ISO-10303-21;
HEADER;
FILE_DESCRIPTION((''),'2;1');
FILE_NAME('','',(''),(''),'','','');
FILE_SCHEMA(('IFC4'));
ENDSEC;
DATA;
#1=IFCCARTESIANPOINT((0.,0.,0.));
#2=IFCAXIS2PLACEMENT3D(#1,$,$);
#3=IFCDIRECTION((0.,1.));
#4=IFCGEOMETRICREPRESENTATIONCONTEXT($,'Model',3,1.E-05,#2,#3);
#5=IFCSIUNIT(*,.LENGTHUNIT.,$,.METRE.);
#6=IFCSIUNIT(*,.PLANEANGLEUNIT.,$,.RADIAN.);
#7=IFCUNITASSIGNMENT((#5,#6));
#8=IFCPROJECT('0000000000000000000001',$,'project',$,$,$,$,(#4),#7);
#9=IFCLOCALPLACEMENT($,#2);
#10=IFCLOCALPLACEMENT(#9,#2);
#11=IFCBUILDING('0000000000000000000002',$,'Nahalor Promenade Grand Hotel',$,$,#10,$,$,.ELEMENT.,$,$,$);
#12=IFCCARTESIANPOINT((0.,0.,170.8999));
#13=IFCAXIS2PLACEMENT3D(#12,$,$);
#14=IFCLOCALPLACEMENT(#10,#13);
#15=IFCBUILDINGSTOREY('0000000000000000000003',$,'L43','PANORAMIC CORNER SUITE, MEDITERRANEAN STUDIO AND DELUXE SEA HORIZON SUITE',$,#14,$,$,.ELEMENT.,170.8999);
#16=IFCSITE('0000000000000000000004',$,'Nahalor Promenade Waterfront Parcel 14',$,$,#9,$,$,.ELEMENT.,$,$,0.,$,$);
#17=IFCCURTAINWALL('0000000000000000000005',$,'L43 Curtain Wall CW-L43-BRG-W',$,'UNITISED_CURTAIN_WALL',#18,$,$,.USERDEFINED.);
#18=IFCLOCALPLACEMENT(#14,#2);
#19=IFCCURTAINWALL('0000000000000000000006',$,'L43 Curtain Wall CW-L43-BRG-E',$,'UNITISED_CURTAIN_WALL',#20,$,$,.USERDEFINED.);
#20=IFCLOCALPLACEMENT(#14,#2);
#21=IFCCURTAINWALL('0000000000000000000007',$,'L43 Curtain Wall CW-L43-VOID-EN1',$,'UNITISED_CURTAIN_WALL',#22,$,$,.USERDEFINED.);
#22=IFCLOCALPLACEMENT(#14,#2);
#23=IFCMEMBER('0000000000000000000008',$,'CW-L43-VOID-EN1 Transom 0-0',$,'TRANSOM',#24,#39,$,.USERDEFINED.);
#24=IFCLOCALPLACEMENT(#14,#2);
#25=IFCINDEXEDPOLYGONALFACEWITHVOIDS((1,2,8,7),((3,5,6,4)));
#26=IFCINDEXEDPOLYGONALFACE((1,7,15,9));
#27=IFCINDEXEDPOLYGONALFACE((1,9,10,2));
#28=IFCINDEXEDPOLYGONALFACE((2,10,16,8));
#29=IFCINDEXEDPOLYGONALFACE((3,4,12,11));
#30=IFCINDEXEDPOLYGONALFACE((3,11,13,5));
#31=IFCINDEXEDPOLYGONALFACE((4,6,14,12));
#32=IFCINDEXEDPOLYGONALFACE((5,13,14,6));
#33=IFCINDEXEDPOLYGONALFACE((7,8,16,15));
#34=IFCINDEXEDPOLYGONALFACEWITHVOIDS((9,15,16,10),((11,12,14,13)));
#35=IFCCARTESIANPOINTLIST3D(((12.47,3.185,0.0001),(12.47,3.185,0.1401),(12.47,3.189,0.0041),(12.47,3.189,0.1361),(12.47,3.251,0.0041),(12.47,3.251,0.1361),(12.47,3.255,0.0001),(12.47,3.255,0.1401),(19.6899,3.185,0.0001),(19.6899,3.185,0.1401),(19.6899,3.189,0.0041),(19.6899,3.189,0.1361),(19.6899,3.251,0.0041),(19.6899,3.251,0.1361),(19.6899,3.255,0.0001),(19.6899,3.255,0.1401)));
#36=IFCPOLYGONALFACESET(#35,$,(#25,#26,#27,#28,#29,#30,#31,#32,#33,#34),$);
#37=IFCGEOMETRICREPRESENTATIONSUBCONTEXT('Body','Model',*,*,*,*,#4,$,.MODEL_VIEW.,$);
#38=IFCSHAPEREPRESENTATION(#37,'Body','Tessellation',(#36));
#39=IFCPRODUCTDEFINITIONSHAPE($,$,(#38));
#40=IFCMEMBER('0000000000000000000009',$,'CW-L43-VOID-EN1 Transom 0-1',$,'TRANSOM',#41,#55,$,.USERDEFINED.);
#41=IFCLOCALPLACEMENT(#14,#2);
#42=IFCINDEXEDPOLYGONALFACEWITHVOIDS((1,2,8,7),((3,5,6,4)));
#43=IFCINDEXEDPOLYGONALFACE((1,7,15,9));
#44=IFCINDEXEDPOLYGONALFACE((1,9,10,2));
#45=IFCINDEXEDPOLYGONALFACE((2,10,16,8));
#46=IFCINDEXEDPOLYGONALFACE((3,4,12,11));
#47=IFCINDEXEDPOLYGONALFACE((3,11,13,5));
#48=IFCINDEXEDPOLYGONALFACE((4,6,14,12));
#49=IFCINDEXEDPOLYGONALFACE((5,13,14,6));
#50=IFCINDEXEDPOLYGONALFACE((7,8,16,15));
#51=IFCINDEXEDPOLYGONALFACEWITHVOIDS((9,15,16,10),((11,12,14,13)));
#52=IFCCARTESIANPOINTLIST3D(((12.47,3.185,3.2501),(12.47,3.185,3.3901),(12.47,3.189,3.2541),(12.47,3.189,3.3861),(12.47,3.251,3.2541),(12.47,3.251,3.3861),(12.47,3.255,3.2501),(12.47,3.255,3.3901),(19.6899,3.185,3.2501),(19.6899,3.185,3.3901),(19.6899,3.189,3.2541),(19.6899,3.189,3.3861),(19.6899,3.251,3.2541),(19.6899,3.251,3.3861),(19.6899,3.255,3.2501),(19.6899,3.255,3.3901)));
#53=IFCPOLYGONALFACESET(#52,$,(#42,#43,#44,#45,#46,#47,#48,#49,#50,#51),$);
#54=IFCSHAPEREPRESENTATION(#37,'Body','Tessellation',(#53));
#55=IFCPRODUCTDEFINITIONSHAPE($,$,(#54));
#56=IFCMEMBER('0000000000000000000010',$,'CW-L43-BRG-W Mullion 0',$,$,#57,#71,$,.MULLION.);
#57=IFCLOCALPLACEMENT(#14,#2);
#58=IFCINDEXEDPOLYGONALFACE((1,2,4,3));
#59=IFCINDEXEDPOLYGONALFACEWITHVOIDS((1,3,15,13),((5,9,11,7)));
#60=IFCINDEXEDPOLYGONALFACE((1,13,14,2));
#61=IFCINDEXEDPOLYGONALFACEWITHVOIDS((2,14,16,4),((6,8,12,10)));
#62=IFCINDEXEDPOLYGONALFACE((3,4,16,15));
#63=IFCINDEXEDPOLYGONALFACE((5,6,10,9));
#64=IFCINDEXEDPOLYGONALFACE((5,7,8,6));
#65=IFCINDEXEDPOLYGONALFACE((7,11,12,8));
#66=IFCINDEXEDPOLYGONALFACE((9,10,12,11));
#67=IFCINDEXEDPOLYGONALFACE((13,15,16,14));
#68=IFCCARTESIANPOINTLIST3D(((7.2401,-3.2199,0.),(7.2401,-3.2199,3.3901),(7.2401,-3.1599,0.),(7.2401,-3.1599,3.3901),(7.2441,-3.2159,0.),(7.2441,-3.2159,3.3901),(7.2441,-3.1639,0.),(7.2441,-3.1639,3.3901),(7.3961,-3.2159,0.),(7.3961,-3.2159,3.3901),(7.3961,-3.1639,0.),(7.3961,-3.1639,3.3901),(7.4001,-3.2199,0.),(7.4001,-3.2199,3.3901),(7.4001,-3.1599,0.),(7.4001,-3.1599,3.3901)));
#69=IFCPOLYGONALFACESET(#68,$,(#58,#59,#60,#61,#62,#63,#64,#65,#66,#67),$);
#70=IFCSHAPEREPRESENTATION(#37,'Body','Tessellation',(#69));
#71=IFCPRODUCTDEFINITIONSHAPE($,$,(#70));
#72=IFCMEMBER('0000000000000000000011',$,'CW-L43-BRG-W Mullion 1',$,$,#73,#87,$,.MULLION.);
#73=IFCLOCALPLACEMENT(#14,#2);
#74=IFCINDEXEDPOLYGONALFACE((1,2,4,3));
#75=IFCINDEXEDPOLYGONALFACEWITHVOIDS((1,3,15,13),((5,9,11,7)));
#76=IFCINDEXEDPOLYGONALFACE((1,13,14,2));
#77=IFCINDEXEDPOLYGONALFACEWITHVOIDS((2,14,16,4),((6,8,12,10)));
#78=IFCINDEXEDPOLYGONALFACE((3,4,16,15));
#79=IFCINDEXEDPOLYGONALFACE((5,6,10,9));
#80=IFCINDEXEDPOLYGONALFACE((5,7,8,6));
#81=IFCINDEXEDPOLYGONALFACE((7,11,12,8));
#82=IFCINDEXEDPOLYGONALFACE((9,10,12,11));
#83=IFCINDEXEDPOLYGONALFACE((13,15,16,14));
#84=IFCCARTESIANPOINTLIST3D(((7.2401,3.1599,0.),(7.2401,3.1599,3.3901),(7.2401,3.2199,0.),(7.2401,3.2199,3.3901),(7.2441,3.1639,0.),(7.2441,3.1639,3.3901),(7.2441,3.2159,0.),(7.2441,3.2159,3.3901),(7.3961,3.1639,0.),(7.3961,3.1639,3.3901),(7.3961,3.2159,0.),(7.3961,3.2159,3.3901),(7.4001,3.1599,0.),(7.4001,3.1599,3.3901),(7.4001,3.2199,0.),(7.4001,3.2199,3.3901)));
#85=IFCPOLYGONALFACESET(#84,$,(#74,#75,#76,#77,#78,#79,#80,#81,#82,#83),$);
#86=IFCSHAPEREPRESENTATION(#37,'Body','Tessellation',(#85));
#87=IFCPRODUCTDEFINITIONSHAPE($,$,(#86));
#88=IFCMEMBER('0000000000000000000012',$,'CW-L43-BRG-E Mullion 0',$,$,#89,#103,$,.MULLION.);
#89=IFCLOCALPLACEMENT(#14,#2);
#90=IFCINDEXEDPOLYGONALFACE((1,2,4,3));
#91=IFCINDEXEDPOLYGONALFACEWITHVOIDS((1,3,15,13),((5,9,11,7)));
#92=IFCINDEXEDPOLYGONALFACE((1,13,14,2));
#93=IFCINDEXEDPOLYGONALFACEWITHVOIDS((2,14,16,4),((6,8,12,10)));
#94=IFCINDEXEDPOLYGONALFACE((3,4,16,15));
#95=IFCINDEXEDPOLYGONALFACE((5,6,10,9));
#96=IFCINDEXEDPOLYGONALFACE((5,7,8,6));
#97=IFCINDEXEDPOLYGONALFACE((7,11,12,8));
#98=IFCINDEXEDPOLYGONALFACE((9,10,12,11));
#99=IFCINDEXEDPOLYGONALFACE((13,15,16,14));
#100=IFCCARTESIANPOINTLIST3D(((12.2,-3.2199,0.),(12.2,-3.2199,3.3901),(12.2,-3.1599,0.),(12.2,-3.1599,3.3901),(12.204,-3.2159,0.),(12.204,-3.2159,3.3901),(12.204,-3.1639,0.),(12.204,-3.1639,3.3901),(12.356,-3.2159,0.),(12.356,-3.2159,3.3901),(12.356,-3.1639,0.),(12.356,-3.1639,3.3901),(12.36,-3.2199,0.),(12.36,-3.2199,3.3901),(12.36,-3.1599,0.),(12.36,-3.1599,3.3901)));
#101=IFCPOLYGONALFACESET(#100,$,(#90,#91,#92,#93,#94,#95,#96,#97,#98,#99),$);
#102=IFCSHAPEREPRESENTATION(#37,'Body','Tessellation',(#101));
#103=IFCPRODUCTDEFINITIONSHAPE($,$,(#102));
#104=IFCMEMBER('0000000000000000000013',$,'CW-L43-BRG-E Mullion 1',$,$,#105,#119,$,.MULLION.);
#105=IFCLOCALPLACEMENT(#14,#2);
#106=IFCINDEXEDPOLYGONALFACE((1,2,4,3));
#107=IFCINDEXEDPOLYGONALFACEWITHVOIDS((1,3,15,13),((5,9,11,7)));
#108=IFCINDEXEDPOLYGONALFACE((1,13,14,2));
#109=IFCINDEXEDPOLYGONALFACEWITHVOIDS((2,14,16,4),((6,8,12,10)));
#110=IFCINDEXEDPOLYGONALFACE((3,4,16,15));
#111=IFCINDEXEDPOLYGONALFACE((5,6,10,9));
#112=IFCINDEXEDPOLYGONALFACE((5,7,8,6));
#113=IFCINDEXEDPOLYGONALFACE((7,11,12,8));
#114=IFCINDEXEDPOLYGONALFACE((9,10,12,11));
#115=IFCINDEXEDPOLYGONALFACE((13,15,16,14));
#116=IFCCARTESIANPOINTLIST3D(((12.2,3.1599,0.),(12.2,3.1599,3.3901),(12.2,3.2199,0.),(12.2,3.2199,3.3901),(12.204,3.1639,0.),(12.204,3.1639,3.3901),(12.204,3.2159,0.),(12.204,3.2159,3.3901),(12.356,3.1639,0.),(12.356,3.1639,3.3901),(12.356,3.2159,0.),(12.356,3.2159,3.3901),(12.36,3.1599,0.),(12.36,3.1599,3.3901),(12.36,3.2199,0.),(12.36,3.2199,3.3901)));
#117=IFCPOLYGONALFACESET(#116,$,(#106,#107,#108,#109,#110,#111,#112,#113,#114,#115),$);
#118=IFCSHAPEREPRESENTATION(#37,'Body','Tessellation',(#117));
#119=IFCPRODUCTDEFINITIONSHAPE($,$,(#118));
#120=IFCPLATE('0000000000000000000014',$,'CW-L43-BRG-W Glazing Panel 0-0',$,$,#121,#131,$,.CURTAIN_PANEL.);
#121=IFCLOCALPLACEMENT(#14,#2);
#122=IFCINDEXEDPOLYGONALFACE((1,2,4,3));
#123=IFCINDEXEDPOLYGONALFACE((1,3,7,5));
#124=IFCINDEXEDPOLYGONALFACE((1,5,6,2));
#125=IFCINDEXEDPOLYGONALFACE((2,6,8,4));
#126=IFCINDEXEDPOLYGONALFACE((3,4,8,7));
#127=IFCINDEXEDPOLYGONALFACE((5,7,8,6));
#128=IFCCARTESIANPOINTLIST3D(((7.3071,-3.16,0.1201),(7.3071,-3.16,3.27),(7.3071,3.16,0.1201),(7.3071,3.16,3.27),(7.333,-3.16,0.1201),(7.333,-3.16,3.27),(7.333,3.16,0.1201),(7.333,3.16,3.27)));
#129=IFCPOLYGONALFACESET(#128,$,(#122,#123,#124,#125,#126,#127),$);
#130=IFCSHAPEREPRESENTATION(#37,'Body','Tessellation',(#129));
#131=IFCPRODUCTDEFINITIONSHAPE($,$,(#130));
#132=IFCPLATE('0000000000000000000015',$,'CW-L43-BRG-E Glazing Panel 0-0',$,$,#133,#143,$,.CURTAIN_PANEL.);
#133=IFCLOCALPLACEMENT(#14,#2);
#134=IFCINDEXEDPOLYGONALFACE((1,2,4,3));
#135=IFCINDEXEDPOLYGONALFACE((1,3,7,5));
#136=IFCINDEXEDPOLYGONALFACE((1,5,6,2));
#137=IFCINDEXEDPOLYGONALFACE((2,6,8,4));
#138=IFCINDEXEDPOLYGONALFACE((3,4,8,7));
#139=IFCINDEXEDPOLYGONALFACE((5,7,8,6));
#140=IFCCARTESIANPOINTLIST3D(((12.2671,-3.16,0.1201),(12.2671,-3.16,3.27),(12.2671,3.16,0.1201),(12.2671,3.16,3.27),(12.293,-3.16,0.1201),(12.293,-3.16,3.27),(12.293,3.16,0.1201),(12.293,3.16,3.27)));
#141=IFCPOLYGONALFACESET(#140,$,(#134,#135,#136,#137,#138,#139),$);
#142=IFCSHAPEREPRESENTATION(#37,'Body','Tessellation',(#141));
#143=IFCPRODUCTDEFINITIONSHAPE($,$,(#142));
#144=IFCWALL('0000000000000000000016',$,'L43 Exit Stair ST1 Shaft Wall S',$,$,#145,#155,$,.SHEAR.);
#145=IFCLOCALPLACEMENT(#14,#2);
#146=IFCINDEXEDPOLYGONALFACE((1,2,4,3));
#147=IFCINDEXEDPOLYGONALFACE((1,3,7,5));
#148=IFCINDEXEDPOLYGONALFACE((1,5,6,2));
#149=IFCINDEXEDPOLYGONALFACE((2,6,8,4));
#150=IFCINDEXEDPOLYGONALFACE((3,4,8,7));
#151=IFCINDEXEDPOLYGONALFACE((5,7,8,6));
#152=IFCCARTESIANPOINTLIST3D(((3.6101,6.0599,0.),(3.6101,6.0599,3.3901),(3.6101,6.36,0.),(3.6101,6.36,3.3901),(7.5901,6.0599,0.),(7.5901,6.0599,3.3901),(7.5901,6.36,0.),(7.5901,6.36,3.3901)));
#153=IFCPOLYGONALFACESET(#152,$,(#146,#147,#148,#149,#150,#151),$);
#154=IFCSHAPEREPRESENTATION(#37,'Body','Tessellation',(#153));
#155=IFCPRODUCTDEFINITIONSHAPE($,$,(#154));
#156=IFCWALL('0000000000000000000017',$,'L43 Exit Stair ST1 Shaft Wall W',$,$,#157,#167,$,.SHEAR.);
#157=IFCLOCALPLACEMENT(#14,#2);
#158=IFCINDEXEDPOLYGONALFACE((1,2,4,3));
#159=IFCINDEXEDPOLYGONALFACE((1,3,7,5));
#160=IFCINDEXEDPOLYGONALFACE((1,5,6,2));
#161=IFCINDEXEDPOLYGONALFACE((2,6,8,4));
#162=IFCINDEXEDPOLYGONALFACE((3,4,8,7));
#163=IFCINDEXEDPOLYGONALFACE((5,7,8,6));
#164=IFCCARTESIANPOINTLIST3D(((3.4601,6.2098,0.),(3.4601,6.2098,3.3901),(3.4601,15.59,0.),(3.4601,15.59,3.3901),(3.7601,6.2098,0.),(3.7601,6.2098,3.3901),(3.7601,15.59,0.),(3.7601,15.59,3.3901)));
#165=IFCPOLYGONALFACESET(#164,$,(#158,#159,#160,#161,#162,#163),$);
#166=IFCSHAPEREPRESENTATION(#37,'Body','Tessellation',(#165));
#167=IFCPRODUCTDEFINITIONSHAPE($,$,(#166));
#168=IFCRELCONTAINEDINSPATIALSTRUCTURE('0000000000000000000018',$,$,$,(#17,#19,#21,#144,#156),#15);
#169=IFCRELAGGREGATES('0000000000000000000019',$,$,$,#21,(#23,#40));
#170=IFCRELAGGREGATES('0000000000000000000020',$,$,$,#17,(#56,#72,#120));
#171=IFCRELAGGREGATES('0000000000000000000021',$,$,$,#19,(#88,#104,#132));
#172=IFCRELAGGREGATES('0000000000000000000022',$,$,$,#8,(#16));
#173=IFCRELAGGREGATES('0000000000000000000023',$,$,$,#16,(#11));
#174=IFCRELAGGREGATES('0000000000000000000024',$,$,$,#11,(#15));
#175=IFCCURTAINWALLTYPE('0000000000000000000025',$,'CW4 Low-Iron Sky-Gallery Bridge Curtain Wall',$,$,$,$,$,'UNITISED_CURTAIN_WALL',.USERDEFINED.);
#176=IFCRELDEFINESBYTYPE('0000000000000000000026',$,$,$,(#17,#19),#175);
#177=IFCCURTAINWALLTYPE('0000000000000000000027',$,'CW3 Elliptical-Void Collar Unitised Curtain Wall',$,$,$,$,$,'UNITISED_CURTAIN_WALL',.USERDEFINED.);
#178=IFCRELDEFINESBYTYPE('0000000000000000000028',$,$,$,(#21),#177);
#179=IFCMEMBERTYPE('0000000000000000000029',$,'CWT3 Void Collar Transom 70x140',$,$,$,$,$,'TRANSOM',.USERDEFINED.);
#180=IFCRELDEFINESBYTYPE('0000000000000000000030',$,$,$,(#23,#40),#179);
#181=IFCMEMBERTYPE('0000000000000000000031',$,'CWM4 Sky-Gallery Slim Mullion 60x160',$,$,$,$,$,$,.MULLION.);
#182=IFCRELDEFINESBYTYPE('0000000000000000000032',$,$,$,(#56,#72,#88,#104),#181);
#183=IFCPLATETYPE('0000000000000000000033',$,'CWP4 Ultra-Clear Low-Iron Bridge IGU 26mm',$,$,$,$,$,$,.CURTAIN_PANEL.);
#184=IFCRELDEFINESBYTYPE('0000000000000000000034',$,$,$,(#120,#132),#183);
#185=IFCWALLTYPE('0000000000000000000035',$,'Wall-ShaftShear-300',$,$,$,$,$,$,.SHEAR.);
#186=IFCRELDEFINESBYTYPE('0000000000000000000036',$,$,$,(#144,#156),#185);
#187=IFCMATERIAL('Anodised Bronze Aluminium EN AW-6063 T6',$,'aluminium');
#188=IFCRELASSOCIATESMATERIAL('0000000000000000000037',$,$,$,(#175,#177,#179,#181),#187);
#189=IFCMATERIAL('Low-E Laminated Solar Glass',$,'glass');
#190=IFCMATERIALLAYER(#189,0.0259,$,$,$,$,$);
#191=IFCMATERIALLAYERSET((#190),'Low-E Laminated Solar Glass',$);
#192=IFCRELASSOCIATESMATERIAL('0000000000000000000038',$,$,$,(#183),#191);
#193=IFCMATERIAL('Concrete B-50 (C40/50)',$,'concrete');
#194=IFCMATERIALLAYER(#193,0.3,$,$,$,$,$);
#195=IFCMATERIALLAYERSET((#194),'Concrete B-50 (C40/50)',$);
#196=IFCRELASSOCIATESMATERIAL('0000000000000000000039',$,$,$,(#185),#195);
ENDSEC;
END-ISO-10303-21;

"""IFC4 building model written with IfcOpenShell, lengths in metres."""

from ifc_helpers import new_model, si_unit, direction, frame, frame_2d, origin, origin_2d, place, context, subcontext, project, spatial, rectangle, hollow_rectangle, extrude, source, transform, mapped, material, layer, layer_set, material_profile, profile_set, type_object, element, aggregate, save


model = new_model("IFC4")

# Units and contexts
model_context = context("Model", 3, precision=1e-05, world=origin(), true_north=direction((0.0, 1.0)))
body_context = subcontext(model_context, "Body", "Model", "MODEL_VIEW")
ifc_project = project(units=[si_unit("LENGTHUNIT", "METRE"), si_unit("PLANEANGLEUNIT", "RADIAN")], contexts=[model_context])

# Site, building, storey
site_placement = place(None, origin())
site = spatial("IfcSite", under=ifc_project, at=site_placement, Name="Nahalor Promenade Waterfront Parcel 14", CompositionType="ELEMENT", RefElevation=0.0)
building_placement = place(site_placement, origin())
building = spatial("IfcBuilding", under=site, at=building_placement, Name="Nahalor Promenade Grand Hotel", CompositionType="ELEMENT")
storey_placement = place(building_placement, frame((0.0, 0.0, 170.8999)))
storey = spatial("IfcBuildingStorey", under=building, at=storey_placement, Name="L43", Description="PANORAMIC CORNER SUITE, MEDITERRANEAN STUDIO AND DELUXE SEA HORIZON SUITE", CompositionType="ELEMENT", Elevation=170.8999)

# Curtain walls
ifc_material_1 = material(Name="Anodised Bronze Aluminium EN AW-6063 T6", Category="aluminium")
curtain_wall_type_1 = type_object("IfcCurtainWallType", Name="CW4 Low-Iron Sky-Gallery Bridge Curtain Wall", ElementType="UNITISED_CURTAIN_WALL", PredefinedType="USERDEFINED", material=ifc_material_1)
curtain_wall_1_placement = place(storey_placement, origin())
curtain_wall_1 = element("IfcCurtainWall", 1, at=curtain_wall_1_placement, inside=storey, type_object=curtain_wall_type_1, Name="L43 Curtain Wall CW-L43-BRG-W", ObjectType="UNITISED_CURTAIN_WALL", PredefinedType="USERDEFINED")
curtain_wall_2_placement = place(storey_placement, origin())
curtain_wall_2 = element("IfcCurtainWall", 2, at=curtain_wall_2_placement, inside=storey, type_object=curtain_wall_type_1, Name="L43 Curtain Wall CW-L43-BRG-E", ObjectType="UNITISED_CURTAIN_WALL", PredefinedType="USERDEFINED")

# Shared definitions
curtain_wall_type_2 = type_object("IfcCurtainWallType", Name="CW3 Elliptical-Void Collar Unitised Curtain Wall", ElementType="UNITISED_CURTAIN_WALL", PredefinedType="USERDEFINED", material=ifc_material_1)

# Curtain wall, members
curtain_wall_3_placement = place(storey_placement, origin())
curtain_wall_3 = element("IfcCurtainWall", 3, at=curtain_wall_3_placement, inside=storey, type_object=curtain_wall_type_2, Name="L43 Curtain Wall CW-L43-VOID-EN1", ObjectType="UNITISED_CURTAIN_WALL", PredefinedType="USERDEFINED")
ifc_material_profile_1 = material_profile(ifc_material_1, hollow_rectangle(XDim=0.07, YDim=0.14, WallThickness=0.004, at=origin_2d()), Name="CWT 70x140x4")
ifc_profile_set_1 = profile_set([ifc_material_profile_1], Name="Anodised Bronze Aluminium EN AW-6063 T6")
member_type_1 = type_object("IfcMemberType", Name="CWT3 Void Collar Transom 70x140", ElementType="TRANSOM", PredefinedType="USERDEFINED", material=ifc_profile_set_1)
shared_shape_1 = source(origin(), body_context, "Body", "SweptSolid", [
    extrude(hollow_rectangle(XDim=0.07, YDim=0.14, WallThickness=0.004, at=origin_2d()), origin(), (0.0, 0.0, 1.0), 7.22),
])
member_1_placement = place(storey_placement, frame((12.47, 3.22, 0.0701), z_axis=(1.0, 0.0, 0.0), x_axis=(0.0, 1.0, 0.0)))
member_1 = element("IfcMember", 4, at=member_1_placement, type_object=member_type_1, Name="CW-L43-VOID-EN1 Transom 0-0", ObjectType="TRANSOM", PredefinedType="USERDEFINED", context=body_context, shape_type="MappedRepresentation", body=[
    mapped(shared_shape_1, transform((0.0, 0.0, 0.0), scale=1.0)),
])
member_2_placement = place(storey_placement, frame((12.47, 3.22, 3.3201), z_axis=(1.0, 0.0, 0.0), x_axis=(0.0, 1.0, 0.0)))
member_2 = element("IfcMember", 5, at=member_2_placement, type_object=member_type_1, Name="CW-L43-VOID-EN1 Transom 0-1", ObjectType="TRANSOM", PredefinedType="USERDEFINED", context=body_context, shape_type="MappedRepresentation", body=[
    mapped(shared_shape_1, transform((0.0, 0.0, 0.0), scale=1.0)),
])
aggregate(curtain_wall_3, [member_1, member_2])

# Members
ifc_material_profile_2 = material_profile(ifc_material_1, hollow_rectangle(XDim=0.06, YDim=0.16, WallThickness=0.004, at=origin_2d()), Name="CWM 60x160x4")
ifc_profile_set_2 = profile_set([ifc_material_profile_2], Name="Anodised Bronze Aluminium EN AW-6063 T6")
member_type_2 = type_object("IfcMemberType", Name="CWM4 Sky-Gallery Slim Mullion 60x160", PredefinedType="MULLION", material=ifc_profile_set_2)
shared_shape_2 = source(origin(), body_context, "Body", "SweptSolid", [
    extrude(hollow_rectangle(XDim=0.06, YDim=0.16, WallThickness=0.004, at=origin_2d()), origin(), (0.0, 0.0, 1.0), 3.3901),
])
member_3_placement = place(storey_placement, frame((7.3201, -3.1899, 0.0), z_axis=(0.0, 0.0, 1.0), x_axis=(0.0, 1.0, 0.0)))
member_3 = element("IfcMember", 6, at=member_3_placement, type_object=member_type_2, Name="CW-L43-BRG-W Mullion 0", PredefinedType="MULLION", context=body_context, shape_type="MappedRepresentation", body=[
    mapped(shared_shape_2, transform((0.0, 0.0, 0.0), scale=1.0)),
])
member_4_placement = place(storey_placement, frame((7.3201, 3.1899, 0.0), z_axis=(0.0, 0.0, 1.0), x_axis=(0.0, 1.0, 0.0)))
member_4 = element("IfcMember", 7, at=member_4_placement, type_object=member_type_2, Name="CW-L43-BRG-W Mullion 1", PredefinedType="MULLION", context=body_context, shape_type="MappedRepresentation", body=[
    mapped(shared_shape_2, transform((0.0, 0.0, 0.0), scale=1.0)),
])
member_5_placement = place(storey_placement, frame((12.28, -3.1899, 0.0), z_axis=(0.0, 0.0, 1.0), x_axis=(0.0, 1.0, 0.0)))
member_5 = element("IfcMember", 8, at=member_5_placement, type_object=member_type_2, Name="CW-L43-BRG-E Mullion 0", PredefinedType="MULLION", context=body_context, shape_type="MappedRepresentation", body=[
    mapped(shared_shape_2, transform((0.0, 0.0, 0.0), scale=1.0)),
])
member_6_placement = place(storey_placement, frame((12.28, 3.1899, 0.0), z_axis=(0.0, 0.0, 1.0), x_axis=(0.0, 1.0, 0.0)))
member_6 = element("IfcMember", 9, at=member_6_placement, type_object=member_type_2, Name="CW-L43-BRG-E Mullion 1", PredefinedType="MULLION", context=body_context, shape_type="MappedRepresentation", body=[
    mapped(shared_shape_2, transform((0.0, 0.0, 0.0), scale=1.0)),
])

# Plates
ifc_material_2 = material(Name="Low-E Laminated Solar Glass", Category="glass")
ifc_layer_1 = layer(ifc_material_2, 0.0259)
ifc_layer_set_1 = layer_set([ifc_layer_1], Name="Low-E Laminated Solar Glass")
plate_type = type_object("IfcPlateType", Name="CWP4 Ultra-Clear Low-Iron Bridge IGU 26mm", PredefinedType="CURTAIN_PANEL", material=ifc_layer_set_1)
shared_shape_3 = source(origin(), body_context, "Body", "SweptSolid", [
    extrude(rectangle(XDim=6.3201, YDim=0.0259, at=origin_2d()), origin(), (0.0, 0.0, 1.0), 3.1499),
])
plate_1_placement = place(storey_placement, frame((7.3201, 0.0, 0.1201), z_axis=(0.0, 0.0, 1.0), x_axis=(0.0, 1.0, 0.0)))
plate_1 = element("IfcPlate", 10, at=plate_1_placement, type_object=plate_type, Name="CW-L43-BRG-W Glazing Panel 0-0", PredefinedType="CURTAIN_PANEL", context=body_context, shape_type="MappedRepresentation", body=[
    mapped(shared_shape_3, transform((0.0, 0.0, 0.0), scale=1.0)),
])
aggregate(curtain_wall_1, [member_3, member_4, plate_1])
plate_2_placement = place(storey_placement, frame((12.28, 0.0, 0.1201), z_axis=(0.0, 0.0, 1.0), x_axis=(0.0, 1.0, 0.0)))
plate_2 = element("IfcPlate", 11, at=plate_2_placement, type_object=plate_type, Name="CW-L43-BRG-E Glazing Panel 0-0", PredefinedType="CURTAIN_PANEL", context=body_context, shape_type="MappedRepresentation", body=[
    mapped(shared_shape_3, transform((0.0, 0.0, 0.0), scale=1.0)),
])
aggregate(curtain_wall_2, [member_5, member_6, plate_2])

# Walls
ifc_material_3 = material(Name="Concrete B-50 (C40/50)", Category="concrete")
ifc_layer_2 = layer(ifc_material_3, 0.3)
ifc_layer_set_2 = layer_set([ifc_layer_2], Name="Concrete B-50 (C40/50)")
wall_type_1 = type_object("IfcWallType", Name="Wall-ShaftShear-300", PredefinedType="SHEAR", material=ifc_layer_set_2)
shared_shape_4 = source(origin(), body_context, "Body", "SweptSolid", [
    extrude(rectangle(XDim=3.98, YDim=0.3, at=frame_2d((1.99, 0.0))), origin(), (0.0, 0.0, 1.0), 3.3901),
])
wall_1_placement = place(storey_placement, frame((3.6101, 6.21, 0.0), z_axis=(0.0, 0.0, 1.0), x_axis=(1.0, 0.0, 0.0)))
element("IfcWall", 12, at=wall_1_placement, inside=storey, type_object=wall_type_1, Name="L43 Exit Stair ST1 Shaft Wall S", PredefinedType="SHEAR", context=body_context, shape_type="MappedRepresentation", body=[
    mapped(shared_shape_4, transform((0.0, 0.0, 0.0), scale=1.0)),
])
shared_shape_5 = source(origin(), body_context, "Body", "SweptSolid", [
    extrude(rectangle(XDim=9.3801, YDim=0.3, at=frame_2d((4.6899, 0.0))), origin(), (0.0, 0.0, 1.0), 3.3901),
])
wall_2_placement = place(storey_placement, frame((3.6101, 6.21, 0.0), z_axis=(0.0, 0.0, 1.0), x_axis=(0.0, 1.0, 0.0)))
element("IfcWall", 13, at=wall_2_placement, inside=storey, type_object=wall_type_1, Name="L43 Exit Stair ST1 Shaft Wall W", PredefinedType="SHEAR", context=body_context, shape_type="MappedRepresentation", body=[
    mapped(shared_shape_5, transform((0.0, 0.0, 0.0), scale=1.0)),
])

save(model, "model.ifc")
